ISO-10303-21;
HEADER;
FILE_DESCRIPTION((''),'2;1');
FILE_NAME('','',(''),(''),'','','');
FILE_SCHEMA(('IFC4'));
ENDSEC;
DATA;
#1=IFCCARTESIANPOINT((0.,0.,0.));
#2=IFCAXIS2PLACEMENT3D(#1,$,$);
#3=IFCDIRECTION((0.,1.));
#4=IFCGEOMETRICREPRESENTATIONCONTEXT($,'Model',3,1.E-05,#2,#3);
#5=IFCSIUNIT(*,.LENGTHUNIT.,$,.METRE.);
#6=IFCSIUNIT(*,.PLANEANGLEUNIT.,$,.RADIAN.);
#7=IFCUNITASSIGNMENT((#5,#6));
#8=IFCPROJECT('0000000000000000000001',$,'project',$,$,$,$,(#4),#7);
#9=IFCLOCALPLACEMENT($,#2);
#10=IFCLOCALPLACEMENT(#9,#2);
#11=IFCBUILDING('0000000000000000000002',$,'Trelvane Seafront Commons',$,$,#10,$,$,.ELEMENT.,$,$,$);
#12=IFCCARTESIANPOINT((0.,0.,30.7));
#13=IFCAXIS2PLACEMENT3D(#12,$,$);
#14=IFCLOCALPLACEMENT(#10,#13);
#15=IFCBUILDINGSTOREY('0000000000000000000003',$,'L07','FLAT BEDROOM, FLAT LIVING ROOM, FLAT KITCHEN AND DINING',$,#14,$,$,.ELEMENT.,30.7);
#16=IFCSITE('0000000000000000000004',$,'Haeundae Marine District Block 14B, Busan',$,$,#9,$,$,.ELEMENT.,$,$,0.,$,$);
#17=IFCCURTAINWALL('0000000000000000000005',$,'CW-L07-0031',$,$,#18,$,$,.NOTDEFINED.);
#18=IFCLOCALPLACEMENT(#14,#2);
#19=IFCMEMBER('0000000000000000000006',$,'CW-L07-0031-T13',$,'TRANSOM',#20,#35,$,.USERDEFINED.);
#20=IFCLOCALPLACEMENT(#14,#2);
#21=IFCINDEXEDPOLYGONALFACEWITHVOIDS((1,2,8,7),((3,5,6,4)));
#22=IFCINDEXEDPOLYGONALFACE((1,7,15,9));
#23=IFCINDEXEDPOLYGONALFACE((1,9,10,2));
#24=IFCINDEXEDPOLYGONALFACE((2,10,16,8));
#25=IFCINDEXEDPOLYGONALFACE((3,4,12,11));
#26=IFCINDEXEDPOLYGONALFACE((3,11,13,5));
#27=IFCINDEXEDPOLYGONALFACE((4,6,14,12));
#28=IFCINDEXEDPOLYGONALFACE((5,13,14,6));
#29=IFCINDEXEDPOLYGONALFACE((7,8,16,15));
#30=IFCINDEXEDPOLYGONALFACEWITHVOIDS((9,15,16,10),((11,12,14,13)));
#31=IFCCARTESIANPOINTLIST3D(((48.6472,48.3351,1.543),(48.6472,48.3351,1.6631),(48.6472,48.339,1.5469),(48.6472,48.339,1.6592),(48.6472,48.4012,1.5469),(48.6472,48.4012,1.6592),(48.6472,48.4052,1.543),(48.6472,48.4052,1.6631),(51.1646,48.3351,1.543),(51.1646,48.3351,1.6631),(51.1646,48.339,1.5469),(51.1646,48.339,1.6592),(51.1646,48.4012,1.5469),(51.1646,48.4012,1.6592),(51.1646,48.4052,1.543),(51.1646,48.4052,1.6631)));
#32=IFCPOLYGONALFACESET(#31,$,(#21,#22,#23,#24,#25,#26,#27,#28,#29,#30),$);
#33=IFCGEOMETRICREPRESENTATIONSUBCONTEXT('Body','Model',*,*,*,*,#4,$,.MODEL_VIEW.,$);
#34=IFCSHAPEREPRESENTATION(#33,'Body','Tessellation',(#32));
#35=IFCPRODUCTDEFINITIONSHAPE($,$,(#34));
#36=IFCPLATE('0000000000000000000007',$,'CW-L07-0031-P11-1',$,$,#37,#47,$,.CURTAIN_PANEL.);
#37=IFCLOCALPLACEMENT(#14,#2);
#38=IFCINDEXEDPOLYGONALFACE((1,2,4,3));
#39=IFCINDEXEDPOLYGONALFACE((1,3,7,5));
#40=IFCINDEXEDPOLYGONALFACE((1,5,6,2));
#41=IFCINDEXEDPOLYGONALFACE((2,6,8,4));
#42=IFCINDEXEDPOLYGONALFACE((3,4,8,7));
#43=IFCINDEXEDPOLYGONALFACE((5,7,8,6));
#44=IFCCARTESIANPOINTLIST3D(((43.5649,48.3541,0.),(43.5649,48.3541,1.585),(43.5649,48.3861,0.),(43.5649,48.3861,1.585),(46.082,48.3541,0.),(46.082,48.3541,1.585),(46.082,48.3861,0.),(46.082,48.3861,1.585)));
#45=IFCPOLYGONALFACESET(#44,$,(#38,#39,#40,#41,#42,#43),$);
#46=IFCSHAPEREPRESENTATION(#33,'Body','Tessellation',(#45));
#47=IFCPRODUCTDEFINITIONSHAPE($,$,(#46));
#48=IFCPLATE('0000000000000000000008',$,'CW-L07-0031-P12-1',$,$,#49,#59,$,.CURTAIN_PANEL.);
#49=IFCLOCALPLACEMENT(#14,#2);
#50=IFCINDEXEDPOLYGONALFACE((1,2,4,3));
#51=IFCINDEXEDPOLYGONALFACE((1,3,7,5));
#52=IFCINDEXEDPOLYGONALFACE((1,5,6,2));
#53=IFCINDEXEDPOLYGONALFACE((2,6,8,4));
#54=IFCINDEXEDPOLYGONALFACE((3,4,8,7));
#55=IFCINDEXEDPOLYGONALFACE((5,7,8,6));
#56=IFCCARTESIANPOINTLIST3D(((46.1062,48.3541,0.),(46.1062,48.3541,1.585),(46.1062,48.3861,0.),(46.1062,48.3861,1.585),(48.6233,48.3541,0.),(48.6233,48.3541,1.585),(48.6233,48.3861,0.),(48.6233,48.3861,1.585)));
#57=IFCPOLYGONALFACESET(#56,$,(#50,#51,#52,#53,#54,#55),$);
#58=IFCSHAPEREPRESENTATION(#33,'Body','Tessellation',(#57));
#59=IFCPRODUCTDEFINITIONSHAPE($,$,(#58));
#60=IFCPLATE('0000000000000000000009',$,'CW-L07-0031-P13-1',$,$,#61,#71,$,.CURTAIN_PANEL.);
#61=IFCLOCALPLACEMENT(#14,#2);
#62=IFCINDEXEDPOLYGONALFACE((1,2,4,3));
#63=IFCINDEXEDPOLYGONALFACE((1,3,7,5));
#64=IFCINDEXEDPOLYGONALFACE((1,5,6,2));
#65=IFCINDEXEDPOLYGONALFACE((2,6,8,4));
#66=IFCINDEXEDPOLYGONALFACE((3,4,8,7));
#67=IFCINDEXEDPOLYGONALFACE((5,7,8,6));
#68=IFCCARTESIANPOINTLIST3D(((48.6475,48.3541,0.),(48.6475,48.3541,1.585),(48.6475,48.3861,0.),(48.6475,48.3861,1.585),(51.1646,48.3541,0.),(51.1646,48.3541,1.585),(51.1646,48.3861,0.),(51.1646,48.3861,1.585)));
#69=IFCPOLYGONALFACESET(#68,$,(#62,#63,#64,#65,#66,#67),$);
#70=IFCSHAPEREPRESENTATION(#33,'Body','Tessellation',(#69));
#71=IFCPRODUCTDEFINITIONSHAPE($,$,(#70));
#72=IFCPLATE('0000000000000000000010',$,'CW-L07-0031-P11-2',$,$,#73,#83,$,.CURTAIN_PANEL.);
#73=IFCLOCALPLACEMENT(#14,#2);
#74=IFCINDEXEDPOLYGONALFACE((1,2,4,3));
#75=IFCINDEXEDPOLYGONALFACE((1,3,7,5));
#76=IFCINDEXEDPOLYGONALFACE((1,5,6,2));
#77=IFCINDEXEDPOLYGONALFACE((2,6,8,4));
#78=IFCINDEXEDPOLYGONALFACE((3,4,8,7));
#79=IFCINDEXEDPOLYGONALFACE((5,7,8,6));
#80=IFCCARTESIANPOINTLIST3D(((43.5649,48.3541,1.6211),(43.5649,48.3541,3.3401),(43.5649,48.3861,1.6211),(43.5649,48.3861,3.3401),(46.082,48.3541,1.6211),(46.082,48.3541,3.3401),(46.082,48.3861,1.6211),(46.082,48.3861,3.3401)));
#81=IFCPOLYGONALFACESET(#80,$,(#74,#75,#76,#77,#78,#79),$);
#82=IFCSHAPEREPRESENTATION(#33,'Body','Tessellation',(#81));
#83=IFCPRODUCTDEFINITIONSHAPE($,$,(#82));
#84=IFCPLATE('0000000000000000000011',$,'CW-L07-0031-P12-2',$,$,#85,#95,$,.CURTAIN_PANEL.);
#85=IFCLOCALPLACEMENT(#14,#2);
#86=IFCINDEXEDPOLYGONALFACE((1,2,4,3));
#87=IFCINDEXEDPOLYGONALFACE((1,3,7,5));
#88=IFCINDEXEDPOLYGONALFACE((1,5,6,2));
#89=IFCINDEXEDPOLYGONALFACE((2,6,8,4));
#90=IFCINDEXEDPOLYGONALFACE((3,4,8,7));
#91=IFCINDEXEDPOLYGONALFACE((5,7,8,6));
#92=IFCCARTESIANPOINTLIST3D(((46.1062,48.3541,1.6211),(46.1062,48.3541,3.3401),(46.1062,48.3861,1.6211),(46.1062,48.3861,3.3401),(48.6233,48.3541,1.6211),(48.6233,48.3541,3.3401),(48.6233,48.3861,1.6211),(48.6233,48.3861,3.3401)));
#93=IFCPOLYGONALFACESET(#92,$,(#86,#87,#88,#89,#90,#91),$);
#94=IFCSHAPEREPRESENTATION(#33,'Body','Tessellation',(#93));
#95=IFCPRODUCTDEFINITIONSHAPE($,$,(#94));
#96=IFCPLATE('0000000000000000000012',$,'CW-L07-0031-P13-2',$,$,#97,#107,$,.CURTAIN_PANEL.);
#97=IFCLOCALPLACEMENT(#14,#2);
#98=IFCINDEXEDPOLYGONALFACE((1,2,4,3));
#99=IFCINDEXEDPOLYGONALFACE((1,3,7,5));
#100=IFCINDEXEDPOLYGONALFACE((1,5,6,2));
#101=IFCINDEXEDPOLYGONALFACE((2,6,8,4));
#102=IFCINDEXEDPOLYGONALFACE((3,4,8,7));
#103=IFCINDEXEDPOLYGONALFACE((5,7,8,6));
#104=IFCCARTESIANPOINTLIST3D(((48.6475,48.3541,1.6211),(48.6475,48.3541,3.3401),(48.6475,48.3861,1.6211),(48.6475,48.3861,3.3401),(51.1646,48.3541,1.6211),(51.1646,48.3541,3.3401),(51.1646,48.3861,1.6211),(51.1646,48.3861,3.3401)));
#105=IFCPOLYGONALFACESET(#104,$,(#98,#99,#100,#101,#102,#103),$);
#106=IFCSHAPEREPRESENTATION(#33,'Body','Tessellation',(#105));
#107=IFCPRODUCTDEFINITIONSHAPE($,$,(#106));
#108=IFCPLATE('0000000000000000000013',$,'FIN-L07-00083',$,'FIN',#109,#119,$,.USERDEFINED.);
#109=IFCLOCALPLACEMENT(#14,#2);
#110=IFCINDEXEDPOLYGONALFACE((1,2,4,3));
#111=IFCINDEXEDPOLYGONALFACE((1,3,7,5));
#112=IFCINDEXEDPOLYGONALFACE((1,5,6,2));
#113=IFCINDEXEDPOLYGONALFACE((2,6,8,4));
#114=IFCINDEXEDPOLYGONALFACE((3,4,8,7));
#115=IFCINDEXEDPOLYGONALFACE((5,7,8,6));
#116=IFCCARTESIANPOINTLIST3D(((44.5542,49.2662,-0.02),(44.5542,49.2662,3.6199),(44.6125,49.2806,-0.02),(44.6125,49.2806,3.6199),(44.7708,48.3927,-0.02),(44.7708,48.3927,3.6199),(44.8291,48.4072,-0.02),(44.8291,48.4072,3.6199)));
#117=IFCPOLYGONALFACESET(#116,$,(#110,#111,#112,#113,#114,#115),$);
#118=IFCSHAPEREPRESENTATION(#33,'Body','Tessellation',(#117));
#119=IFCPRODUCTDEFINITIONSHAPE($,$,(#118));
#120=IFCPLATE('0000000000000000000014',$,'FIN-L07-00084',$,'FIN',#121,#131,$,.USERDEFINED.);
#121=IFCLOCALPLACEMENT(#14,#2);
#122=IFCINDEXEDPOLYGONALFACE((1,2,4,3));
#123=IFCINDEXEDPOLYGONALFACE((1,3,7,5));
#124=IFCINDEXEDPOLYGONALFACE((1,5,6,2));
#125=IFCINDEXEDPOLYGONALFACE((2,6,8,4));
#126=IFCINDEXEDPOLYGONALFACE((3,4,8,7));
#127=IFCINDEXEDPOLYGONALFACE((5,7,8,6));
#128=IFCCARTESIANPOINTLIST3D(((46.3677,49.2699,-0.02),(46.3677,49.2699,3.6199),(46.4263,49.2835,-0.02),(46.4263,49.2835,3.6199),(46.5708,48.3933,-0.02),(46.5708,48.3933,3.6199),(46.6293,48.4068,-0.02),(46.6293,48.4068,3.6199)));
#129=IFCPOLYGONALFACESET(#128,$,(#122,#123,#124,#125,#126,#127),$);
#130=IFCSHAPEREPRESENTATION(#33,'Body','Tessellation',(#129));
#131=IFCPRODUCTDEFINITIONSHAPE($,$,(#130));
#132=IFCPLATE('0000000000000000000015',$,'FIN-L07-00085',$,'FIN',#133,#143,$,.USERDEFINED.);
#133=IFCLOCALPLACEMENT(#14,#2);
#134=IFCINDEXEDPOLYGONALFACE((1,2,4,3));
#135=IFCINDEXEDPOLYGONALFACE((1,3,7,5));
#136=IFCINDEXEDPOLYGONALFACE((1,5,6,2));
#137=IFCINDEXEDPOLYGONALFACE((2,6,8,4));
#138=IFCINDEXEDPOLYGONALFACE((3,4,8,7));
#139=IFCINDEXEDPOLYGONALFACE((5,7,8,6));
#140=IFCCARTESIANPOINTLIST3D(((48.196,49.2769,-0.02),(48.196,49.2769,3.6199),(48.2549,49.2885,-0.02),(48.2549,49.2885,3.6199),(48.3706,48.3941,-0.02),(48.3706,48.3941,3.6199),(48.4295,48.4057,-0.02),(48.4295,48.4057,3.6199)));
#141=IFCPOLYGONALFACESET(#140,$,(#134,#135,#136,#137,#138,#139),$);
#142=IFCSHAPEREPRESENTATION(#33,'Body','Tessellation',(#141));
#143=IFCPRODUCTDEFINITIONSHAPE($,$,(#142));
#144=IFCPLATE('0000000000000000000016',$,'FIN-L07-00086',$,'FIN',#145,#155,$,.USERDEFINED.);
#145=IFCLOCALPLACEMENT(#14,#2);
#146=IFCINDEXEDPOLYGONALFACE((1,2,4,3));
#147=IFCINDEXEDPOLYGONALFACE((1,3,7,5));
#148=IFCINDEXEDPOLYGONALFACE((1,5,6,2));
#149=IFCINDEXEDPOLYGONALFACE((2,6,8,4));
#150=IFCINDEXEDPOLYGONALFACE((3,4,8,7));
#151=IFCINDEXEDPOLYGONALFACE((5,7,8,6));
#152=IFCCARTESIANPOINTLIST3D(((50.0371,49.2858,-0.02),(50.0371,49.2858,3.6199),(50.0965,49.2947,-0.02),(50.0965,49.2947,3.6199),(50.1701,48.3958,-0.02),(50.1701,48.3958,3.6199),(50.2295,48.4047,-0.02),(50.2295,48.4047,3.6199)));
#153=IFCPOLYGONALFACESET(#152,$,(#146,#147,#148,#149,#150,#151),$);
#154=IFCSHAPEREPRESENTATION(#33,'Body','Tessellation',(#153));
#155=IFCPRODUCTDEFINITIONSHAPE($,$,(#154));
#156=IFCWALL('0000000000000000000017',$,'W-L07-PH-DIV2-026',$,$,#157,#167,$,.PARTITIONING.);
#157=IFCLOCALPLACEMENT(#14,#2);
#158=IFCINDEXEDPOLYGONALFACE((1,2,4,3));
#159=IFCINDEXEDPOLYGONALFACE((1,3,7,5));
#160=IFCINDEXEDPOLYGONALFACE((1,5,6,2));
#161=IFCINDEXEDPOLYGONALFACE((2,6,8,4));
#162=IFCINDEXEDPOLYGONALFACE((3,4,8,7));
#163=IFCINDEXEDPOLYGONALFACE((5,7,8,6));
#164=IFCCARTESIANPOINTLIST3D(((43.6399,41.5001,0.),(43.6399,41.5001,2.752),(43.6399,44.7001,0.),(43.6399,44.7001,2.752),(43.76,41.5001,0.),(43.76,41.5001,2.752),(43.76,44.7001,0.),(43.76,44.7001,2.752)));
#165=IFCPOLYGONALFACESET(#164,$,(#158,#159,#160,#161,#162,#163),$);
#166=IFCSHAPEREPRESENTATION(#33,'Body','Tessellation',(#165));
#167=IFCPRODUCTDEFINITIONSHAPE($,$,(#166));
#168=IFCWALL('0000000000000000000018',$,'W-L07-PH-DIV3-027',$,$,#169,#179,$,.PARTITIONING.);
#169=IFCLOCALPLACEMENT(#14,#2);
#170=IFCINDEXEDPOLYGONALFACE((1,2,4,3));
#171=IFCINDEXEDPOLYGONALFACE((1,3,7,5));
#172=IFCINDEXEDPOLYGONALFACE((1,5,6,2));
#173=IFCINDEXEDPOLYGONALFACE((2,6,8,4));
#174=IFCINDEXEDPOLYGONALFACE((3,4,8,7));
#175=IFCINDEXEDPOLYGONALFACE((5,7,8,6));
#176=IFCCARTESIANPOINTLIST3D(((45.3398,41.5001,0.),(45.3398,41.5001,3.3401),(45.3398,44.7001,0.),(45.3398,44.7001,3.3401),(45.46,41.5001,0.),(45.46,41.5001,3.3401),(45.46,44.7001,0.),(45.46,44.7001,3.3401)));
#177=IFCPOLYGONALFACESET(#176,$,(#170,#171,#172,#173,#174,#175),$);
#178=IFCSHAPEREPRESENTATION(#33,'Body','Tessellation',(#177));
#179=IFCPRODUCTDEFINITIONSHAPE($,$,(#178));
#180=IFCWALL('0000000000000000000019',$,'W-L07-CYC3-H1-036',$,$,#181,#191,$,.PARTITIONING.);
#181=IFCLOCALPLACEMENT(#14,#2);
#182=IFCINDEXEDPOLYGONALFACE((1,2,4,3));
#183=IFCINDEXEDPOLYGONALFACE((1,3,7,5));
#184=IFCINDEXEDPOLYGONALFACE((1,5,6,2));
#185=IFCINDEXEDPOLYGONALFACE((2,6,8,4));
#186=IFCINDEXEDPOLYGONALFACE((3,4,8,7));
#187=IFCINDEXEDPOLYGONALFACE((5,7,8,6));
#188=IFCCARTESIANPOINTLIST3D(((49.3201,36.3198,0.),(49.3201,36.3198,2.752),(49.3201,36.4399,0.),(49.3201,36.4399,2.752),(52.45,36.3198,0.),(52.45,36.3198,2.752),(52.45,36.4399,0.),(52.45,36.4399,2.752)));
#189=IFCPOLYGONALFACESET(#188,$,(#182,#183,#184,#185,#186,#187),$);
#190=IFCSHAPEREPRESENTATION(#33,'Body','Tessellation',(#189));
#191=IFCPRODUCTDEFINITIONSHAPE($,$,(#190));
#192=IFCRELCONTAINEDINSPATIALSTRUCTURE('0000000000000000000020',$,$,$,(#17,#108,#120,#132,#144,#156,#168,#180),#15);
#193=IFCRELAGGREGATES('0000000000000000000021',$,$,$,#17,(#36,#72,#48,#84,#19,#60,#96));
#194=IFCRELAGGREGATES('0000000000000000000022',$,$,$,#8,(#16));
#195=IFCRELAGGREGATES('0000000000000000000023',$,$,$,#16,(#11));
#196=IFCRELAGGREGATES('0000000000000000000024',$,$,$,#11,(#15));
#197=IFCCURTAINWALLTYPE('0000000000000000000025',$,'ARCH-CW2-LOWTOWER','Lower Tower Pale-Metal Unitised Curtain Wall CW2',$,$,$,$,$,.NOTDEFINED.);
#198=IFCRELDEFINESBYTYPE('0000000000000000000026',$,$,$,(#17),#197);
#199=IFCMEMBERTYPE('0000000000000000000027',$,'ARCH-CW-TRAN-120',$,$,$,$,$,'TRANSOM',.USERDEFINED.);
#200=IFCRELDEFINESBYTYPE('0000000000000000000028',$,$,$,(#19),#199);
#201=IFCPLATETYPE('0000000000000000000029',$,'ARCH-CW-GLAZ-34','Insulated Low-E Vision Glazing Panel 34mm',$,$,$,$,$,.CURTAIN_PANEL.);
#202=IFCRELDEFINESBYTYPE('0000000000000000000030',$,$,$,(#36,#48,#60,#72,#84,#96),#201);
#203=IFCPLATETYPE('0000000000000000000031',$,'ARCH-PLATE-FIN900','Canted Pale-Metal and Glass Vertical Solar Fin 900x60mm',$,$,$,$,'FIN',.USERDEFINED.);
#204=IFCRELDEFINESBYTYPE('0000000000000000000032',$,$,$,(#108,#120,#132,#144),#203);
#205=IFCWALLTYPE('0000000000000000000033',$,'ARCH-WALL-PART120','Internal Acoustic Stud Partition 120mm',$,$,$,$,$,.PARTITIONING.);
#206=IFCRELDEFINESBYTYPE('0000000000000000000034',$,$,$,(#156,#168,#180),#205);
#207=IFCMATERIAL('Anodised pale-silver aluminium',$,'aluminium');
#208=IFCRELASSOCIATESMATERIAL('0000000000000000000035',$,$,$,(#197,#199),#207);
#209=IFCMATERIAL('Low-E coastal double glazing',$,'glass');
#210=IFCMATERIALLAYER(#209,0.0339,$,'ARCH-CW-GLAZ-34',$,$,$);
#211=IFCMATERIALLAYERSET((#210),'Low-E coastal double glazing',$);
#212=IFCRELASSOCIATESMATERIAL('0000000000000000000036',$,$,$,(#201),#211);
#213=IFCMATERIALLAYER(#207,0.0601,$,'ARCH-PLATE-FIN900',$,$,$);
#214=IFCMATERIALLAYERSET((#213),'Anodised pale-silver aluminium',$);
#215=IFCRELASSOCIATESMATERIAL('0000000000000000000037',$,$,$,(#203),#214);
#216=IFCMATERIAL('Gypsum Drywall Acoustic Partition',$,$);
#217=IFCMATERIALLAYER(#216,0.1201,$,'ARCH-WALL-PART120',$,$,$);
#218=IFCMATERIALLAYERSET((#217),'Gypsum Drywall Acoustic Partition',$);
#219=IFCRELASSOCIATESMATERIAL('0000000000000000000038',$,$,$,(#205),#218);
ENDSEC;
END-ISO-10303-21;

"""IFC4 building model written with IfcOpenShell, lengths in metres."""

from ifc_helpers import new_model, si_unit, direction, frame, frame_2d, origin, origin_2d, place, context, subcontext, project, spatial, rectangle, hollow_rectangle, extrude, source, transform, mapped, material, layer, layer_set, material_profile, profile_set, type_object, element, aggregate, save


model = new_model("IFC4")

# Units and contexts
model_context = context("Model", 3, precision=1e-05, world=origin(), true_north=direction((0.0, 1.0)))
body_context = subcontext(model_context, "Body", "Model", "MODEL_VIEW")
ifc_project = project(units=[si_unit("LENGTHUNIT", "METRE"), si_unit("PLANEANGLEUNIT", "RADIAN")], contexts=[model_context])

# Site, building, storey
site_placement = place(None, origin())
site = spatial("IfcSite", under=ifc_project, at=site_placement, Name="Haeundae Marine District Block 14B, Busan", CompositionType="ELEMENT", RefElevation=0.0)
building_placement = place(site_placement, origin())
building = spatial("IfcBuilding", under=site, at=building_placement, Name="Trelvane Seafront Commons", CompositionType="ELEMENT")
storey_placement = place(building_placement, frame((0.0, 0.0, 30.7)))
storey = spatial("IfcBuildingStorey", under=building, at=storey_placement, Name="L07", Description="FLAT BEDROOM, FLAT LIVING ROOM, FLAT KITCHEN AND DINING", CompositionType="ELEMENT", Elevation=30.7)

# Curtain wall, member, plates
ifc_material_1 = material(Name="Anodised pale-silver aluminium", Category="aluminium")
curtain_wall_type = type_object("IfcCurtainWallType", Name="ARCH-CW2-LOWTOWER", Description="Lower Tower Pale-Metal Unitised Curtain Wall CW2", PredefinedType="NOTDEFINED", material=ifc_material_1)
curtain_wall_placement = place(storey_placement, origin())
curtain_wall = element("IfcCurtainWall", 1, at=curtain_wall_placement, inside=storey, type_object=curtain_wall_type, Name="CW-L07-0031", PredefinedType="NOTDEFINED")
ifc_material_profile_1 = material_profile(ifc_material_1, hollow_rectangle(XDim=0.0701, YDim=0.1201, WallThickness=0.0039, at=origin_2d()), Name="TRAN-70x120x4")
ifc_profile_set_1 = profile_set([ifc_material_profile_1], Name="Anodised pale-silver aluminium")
member_type_1 = type_object("IfcMemberType", Name="ARCH-CW-TRAN-120", ElementType="TRANSOM", PredefinedType="USERDEFINED", material=ifc_profile_set_1)
shared_shape_1 = source(origin(), body_context, "Body", "SweptSolid", [
    extrude(hollow_rectangle(XDim=0.0701, YDim=0.1201, WallThickness=0.0039, at=origin_2d()), origin(), (0.0, 0.0, 1.0), 2.5173),
])
member_1_placement = place(storey_placement, frame((48.6472, 48.3701, 1.603), z_axis=(1.0, 0.0, 0.0), x_axis=(0.0, 1.0, 0.0)))
member_1 = element("IfcMember", 2, at=member_1_placement, type_object=member_type_1, Name="CW-L07-0031-T13", ObjectType="TRANSOM", PredefinedType="USERDEFINED", context=body_context, shape_type="MappedRepresentation", body=[
    mapped(shared_shape_1, transform((0.0, 0.0, 0.0), x_axis=(1.0, 0.0, 0.0), y_axis=(0.0, 1.0, 0.0), z_axis=(0.0, 0.0, 1.0), scale=1.0)),
])
ifc_material_2 = material(Name="Low-E coastal double glazing", Category="glass")
ifc_layer_1 = layer(ifc_material_2, 0.0339, Name="ARCH-CW-GLAZ-34")
ifc_layer_set_1 = layer_set([ifc_layer_1], Name="Low-E coastal double glazing")
plate_type_1 = type_object("IfcPlateType", Name="ARCH-CW-GLAZ-34", Description="Insulated Low-E Vision Glazing Panel 34mm", PredefinedType="CURTAIN_PANEL", material=ifc_layer_set_1)
shared_shape_2 = source(origin(), body_context, "Body", "SweptSolid", [
    extrude(rectangle(XDim=2.5171, YDim=0.032, at=origin_2d()), origin(), (0.0, 0.0, 1.0), 1.585),
])
plate_1_placement = place(storey_placement, frame((44.8235, 48.3701, 0.0), z_axis=(0.0, 0.0, 1.0), x_axis=(1.0, 0.0, 0.0)))
plate_1 = element("IfcPlate", 3, at=plate_1_placement, type_object=plate_type_1, Name="CW-L07-0031-P11-1", PredefinedType="CURTAIN_PANEL", context=body_context, shape_type="MappedRepresentation", body=[
    mapped(shared_shape_2, transform((0.0, 0.0, 0.0), x_axis=(1.0, 0.0, 0.0), y_axis=(0.0, 1.0, 0.0), z_axis=(0.0, 0.0, 1.0), scale=1.0)),
])
plate_2_placement = place(storey_placement, frame((47.3647, 48.3701, 0.0), z_axis=(0.0, 0.0, 1.0), x_axis=(1.0, 0.0, 0.0)))
plate_2 = element("IfcPlate", 4, at=plate_2_placement, type_object=plate_type_1, Name="CW-L07-0031-P12-1", PredefinedType="CURTAIN_PANEL", context=body_context, shape_type="MappedRepresentation", body=[
    mapped(shared_shape_2, transform((0.0, 0.0, 0.0), x_axis=(1.0, 0.0, 0.0), y_axis=(0.0, 1.0, 0.0), z_axis=(0.0, 0.0, 1.0), scale=1.0)),
])
plate_3_placement = place(storey_placement, frame((49.906, 48.3701, 0.0), z_axis=(0.0, 0.0, 1.0), x_axis=(1.0, 0.0, 0.0)))
plate_3 = element("IfcPlate", 5, at=plate_3_placement, type_object=plate_type_1, Name="CW-L07-0031-P13-1", PredefinedType="CURTAIN_PANEL", context=body_context, shape_type="MappedRepresentation", body=[
    mapped(shared_shape_2, transform((0.0, 0.0, 0.0), x_axis=(1.0, 0.0, 0.0), y_axis=(0.0, 1.0, 0.0), z_axis=(0.0, 0.0, 1.0), scale=1.0)),
])
shared_shape_3 = source(origin(), body_context, "Body", "SweptSolid", [
    extrude(rectangle(XDim=2.5171, YDim=0.032, at=origin_2d()), origin(), (0.0, 0.0, 1.0), 1.719),
])
plate_4_placement = place(storey_placement, frame((44.8235, 48.3701, 1.6211), z_axis=(0.0, 0.0, 1.0), x_axis=(1.0, 0.0, 0.0)))
plate_4 = element("IfcPlate", 6, at=plate_4_placement, type_object=plate_type_1, Name="CW-L07-0031-P11-2", PredefinedType="CURTAIN_PANEL", context=body_context, shape_type="MappedRepresentation", body=[
    mapped(shared_shape_3, transform((0.0, 0.0, 0.0), x_axis=(1.0, 0.0, 0.0), y_axis=(0.0, 1.0, 0.0), z_axis=(0.0, 0.0, 1.0), scale=1.0)),
])
plate_5_placement = place(storey_placement, frame((47.3647, 48.3701, 1.6211), z_axis=(0.0, 0.0, 1.0), x_axis=(1.0, 0.0, 0.0)))
plate_5 = element("IfcPlate", 7, at=plate_5_placement, type_object=plate_type_1, Name="CW-L07-0031-P12-2", PredefinedType="CURTAIN_PANEL", context=body_context, shape_type="MappedRepresentation", body=[
    mapped(shared_shape_3, transform((0.0, 0.0, 0.0), x_axis=(1.0, 0.0, 0.0), y_axis=(0.0, 1.0, 0.0), z_axis=(0.0, 0.0, 1.0), scale=1.0)),
])
plate_6_placement = place(storey_placement, frame((49.906, 48.3701, 1.6211), z_axis=(0.0, 0.0, 1.0), x_axis=(1.0, 0.0, 0.0)))
plate_6 = element("IfcPlate", 8, at=plate_6_placement, type_object=plate_type_1, Name="CW-L07-0031-P13-2", PredefinedType="CURTAIN_PANEL", context=body_context, shape_type="MappedRepresentation", body=[
    mapped(shared_shape_3, transform((0.0, 0.0, 0.0), x_axis=(1.0, 0.0, 0.0), y_axis=(0.0, 1.0, 0.0), z_axis=(0.0, 0.0, 1.0), scale=1.0)),
])
aggregate(curtain_wall, [plate_1, plate_4, plate_2, plate_5, member_1, plate_3, plate_6])

# Plates
ifc_layer_2 = layer(ifc_material_1, 0.0601, Name="ARCH-PLATE-FIN900")
ifc_layer_set_2 = layer_set([ifc_layer_2], Name="Anodised pale-silver aluminium")
plate_type_2 = type_object("IfcPlateType", Name="ARCH-PLATE-FIN900", Description="Canted Pale-Metal and Glass Vertical Solar Fin 900x60mm", ElementType="FIN", PredefinedType="USERDEFINED", material=ifc_layer_set_2)
shared_shape_4 = source(origin(), body_context, "Body", "SweptSolid", [
    extrude(rectangle(XDim=0.8999, YDim=0.0601, at=origin_2d()), origin(), (0.0, 0.0, 1.0), 3.6399),
])
for number, where, z_axis, x_axis, name in (
    (9, (44.6917, 48.8367, -0.02), (0.0, 0.0, 1.0), (-0.240784, 0.970579, 0.0), "FIN-L07-00083"),
    (10, (46.4985, 48.8384, -0.02), (0.0, 0.0, 1.0), (-0.225664, 0.974205, 0.0), "FIN-L07-00084"),
    (11, (48.3127, 48.8413, -0.02), (0.0, 0.0, 1.0), (-0.194, 0.981002, 0.0), "FIN-L07-00085"),
    (12, (50.1333, 48.8452, -0.02), (0.0, 0.0, 1.0), (-0.147889, 0.989004, 0.0), "FIN-L07-00086"),
):
    element("IfcPlate", number, at=place(storey_placement, frame(where, z_axis=z_axis, x_axis=x_axis)), inside=storey, type_object=plate_type_2, Name=name, ObjectType="FIN", PredefinedType="USERDEFINED", context=body_context, shape_type="MappedRepresentation", body=[
        mapped(shared_shape_4, transform((0.0, 0.0, 0.0), x_axis=(1.0, 0.0, 0.0), y_axis=(0.0, 1.0, 0.0), z_axis=(0.0, 0.0, 1.0), scale=1.0)),
    ])

# Walls
ifc_material_3 = material(Name="Gypsum Drywall Acoustic Partition")
ifc_layer_3 = layer(ifc_material_3, 0.1201, Name="ARCH-WALL-PART120")
ifc_layer_set_3 = layer_set([ifc_layer_3], Name="Gypsum Drywall Acoustic Partition")
wall_type_1 = type_object("IfcWallType", Name="ARCH-WALL-PART120", Description="Internal Acoustic Stud Partition 120mm", PredefinedType="PARTITIONING", material=ifc_layer_set_3)
wall_1_placement = place(storey_placement, frame((43.7, 41.5, 0.0), z_axis=(0.0, 0.0, 1.0), x_axis=(0.0, 1.0, 0.0)))
element("IfcWall", 13, at=wall_1_placement, inside=storey, type_object=wall_type_1, Name="W-L07-PH-DIV2-026", PredefinedType="PARTITIONING", context=body_context, shape_type="SweptSolid", body=[
    extrude(rectangle(XDim=3.2, YDim=0.1201, at=frame_2d((1.6001, 0.0))), origin(), (0.0, 0.0, 1.0), 2.752),
])
wall_2_placement = place(storey_placement, frame((45.3999, 41.5, 0.0), z_axis=(0.0, 0.0, 1.0), x_axis=(0.0, 1.0, 0.0)))
element("IfcWall", 14, at=wall_2_placement, inside=storey, type_object=wall_type_1, Name="W-L07-PH-DIV3-027", PredefinedType="PARTITIONING", context=body_context, shape_type="SweptSolid", body=[
    extrude(rectangle(XDim=3.2, YDim=0.1201, at=frame_2d((1.6001, 0.0))), origin(), (0.0, 0.0, 1.0), 3.3401),
])
for number, where, z_axis, x_axis, name in (
    (15, (49.3201, 36.3799, 0.0), (0.0, 0.0, 1.0), (1.0, 0.0, 0.0), "W-L07-CYC3-H1-036"),
):
    element("IfcWall", number, at=place(storey_placement, frame(where, z_axis=z_axis, x_axis=x_axis)), inside=storey, type_object=wall_type_1, Name=name, PredefinedType="PARTITIONING", context=body_context, shape_type="SweptSolid", body=[
        extrude(rectangle(XDim=3.1299, YDim=0.1201, at=frame_2d((1.5649, 0.0))), origin(), (0.0, 0.0, 1.0), 2.752),
    ])

save(model, "model.ifc")
